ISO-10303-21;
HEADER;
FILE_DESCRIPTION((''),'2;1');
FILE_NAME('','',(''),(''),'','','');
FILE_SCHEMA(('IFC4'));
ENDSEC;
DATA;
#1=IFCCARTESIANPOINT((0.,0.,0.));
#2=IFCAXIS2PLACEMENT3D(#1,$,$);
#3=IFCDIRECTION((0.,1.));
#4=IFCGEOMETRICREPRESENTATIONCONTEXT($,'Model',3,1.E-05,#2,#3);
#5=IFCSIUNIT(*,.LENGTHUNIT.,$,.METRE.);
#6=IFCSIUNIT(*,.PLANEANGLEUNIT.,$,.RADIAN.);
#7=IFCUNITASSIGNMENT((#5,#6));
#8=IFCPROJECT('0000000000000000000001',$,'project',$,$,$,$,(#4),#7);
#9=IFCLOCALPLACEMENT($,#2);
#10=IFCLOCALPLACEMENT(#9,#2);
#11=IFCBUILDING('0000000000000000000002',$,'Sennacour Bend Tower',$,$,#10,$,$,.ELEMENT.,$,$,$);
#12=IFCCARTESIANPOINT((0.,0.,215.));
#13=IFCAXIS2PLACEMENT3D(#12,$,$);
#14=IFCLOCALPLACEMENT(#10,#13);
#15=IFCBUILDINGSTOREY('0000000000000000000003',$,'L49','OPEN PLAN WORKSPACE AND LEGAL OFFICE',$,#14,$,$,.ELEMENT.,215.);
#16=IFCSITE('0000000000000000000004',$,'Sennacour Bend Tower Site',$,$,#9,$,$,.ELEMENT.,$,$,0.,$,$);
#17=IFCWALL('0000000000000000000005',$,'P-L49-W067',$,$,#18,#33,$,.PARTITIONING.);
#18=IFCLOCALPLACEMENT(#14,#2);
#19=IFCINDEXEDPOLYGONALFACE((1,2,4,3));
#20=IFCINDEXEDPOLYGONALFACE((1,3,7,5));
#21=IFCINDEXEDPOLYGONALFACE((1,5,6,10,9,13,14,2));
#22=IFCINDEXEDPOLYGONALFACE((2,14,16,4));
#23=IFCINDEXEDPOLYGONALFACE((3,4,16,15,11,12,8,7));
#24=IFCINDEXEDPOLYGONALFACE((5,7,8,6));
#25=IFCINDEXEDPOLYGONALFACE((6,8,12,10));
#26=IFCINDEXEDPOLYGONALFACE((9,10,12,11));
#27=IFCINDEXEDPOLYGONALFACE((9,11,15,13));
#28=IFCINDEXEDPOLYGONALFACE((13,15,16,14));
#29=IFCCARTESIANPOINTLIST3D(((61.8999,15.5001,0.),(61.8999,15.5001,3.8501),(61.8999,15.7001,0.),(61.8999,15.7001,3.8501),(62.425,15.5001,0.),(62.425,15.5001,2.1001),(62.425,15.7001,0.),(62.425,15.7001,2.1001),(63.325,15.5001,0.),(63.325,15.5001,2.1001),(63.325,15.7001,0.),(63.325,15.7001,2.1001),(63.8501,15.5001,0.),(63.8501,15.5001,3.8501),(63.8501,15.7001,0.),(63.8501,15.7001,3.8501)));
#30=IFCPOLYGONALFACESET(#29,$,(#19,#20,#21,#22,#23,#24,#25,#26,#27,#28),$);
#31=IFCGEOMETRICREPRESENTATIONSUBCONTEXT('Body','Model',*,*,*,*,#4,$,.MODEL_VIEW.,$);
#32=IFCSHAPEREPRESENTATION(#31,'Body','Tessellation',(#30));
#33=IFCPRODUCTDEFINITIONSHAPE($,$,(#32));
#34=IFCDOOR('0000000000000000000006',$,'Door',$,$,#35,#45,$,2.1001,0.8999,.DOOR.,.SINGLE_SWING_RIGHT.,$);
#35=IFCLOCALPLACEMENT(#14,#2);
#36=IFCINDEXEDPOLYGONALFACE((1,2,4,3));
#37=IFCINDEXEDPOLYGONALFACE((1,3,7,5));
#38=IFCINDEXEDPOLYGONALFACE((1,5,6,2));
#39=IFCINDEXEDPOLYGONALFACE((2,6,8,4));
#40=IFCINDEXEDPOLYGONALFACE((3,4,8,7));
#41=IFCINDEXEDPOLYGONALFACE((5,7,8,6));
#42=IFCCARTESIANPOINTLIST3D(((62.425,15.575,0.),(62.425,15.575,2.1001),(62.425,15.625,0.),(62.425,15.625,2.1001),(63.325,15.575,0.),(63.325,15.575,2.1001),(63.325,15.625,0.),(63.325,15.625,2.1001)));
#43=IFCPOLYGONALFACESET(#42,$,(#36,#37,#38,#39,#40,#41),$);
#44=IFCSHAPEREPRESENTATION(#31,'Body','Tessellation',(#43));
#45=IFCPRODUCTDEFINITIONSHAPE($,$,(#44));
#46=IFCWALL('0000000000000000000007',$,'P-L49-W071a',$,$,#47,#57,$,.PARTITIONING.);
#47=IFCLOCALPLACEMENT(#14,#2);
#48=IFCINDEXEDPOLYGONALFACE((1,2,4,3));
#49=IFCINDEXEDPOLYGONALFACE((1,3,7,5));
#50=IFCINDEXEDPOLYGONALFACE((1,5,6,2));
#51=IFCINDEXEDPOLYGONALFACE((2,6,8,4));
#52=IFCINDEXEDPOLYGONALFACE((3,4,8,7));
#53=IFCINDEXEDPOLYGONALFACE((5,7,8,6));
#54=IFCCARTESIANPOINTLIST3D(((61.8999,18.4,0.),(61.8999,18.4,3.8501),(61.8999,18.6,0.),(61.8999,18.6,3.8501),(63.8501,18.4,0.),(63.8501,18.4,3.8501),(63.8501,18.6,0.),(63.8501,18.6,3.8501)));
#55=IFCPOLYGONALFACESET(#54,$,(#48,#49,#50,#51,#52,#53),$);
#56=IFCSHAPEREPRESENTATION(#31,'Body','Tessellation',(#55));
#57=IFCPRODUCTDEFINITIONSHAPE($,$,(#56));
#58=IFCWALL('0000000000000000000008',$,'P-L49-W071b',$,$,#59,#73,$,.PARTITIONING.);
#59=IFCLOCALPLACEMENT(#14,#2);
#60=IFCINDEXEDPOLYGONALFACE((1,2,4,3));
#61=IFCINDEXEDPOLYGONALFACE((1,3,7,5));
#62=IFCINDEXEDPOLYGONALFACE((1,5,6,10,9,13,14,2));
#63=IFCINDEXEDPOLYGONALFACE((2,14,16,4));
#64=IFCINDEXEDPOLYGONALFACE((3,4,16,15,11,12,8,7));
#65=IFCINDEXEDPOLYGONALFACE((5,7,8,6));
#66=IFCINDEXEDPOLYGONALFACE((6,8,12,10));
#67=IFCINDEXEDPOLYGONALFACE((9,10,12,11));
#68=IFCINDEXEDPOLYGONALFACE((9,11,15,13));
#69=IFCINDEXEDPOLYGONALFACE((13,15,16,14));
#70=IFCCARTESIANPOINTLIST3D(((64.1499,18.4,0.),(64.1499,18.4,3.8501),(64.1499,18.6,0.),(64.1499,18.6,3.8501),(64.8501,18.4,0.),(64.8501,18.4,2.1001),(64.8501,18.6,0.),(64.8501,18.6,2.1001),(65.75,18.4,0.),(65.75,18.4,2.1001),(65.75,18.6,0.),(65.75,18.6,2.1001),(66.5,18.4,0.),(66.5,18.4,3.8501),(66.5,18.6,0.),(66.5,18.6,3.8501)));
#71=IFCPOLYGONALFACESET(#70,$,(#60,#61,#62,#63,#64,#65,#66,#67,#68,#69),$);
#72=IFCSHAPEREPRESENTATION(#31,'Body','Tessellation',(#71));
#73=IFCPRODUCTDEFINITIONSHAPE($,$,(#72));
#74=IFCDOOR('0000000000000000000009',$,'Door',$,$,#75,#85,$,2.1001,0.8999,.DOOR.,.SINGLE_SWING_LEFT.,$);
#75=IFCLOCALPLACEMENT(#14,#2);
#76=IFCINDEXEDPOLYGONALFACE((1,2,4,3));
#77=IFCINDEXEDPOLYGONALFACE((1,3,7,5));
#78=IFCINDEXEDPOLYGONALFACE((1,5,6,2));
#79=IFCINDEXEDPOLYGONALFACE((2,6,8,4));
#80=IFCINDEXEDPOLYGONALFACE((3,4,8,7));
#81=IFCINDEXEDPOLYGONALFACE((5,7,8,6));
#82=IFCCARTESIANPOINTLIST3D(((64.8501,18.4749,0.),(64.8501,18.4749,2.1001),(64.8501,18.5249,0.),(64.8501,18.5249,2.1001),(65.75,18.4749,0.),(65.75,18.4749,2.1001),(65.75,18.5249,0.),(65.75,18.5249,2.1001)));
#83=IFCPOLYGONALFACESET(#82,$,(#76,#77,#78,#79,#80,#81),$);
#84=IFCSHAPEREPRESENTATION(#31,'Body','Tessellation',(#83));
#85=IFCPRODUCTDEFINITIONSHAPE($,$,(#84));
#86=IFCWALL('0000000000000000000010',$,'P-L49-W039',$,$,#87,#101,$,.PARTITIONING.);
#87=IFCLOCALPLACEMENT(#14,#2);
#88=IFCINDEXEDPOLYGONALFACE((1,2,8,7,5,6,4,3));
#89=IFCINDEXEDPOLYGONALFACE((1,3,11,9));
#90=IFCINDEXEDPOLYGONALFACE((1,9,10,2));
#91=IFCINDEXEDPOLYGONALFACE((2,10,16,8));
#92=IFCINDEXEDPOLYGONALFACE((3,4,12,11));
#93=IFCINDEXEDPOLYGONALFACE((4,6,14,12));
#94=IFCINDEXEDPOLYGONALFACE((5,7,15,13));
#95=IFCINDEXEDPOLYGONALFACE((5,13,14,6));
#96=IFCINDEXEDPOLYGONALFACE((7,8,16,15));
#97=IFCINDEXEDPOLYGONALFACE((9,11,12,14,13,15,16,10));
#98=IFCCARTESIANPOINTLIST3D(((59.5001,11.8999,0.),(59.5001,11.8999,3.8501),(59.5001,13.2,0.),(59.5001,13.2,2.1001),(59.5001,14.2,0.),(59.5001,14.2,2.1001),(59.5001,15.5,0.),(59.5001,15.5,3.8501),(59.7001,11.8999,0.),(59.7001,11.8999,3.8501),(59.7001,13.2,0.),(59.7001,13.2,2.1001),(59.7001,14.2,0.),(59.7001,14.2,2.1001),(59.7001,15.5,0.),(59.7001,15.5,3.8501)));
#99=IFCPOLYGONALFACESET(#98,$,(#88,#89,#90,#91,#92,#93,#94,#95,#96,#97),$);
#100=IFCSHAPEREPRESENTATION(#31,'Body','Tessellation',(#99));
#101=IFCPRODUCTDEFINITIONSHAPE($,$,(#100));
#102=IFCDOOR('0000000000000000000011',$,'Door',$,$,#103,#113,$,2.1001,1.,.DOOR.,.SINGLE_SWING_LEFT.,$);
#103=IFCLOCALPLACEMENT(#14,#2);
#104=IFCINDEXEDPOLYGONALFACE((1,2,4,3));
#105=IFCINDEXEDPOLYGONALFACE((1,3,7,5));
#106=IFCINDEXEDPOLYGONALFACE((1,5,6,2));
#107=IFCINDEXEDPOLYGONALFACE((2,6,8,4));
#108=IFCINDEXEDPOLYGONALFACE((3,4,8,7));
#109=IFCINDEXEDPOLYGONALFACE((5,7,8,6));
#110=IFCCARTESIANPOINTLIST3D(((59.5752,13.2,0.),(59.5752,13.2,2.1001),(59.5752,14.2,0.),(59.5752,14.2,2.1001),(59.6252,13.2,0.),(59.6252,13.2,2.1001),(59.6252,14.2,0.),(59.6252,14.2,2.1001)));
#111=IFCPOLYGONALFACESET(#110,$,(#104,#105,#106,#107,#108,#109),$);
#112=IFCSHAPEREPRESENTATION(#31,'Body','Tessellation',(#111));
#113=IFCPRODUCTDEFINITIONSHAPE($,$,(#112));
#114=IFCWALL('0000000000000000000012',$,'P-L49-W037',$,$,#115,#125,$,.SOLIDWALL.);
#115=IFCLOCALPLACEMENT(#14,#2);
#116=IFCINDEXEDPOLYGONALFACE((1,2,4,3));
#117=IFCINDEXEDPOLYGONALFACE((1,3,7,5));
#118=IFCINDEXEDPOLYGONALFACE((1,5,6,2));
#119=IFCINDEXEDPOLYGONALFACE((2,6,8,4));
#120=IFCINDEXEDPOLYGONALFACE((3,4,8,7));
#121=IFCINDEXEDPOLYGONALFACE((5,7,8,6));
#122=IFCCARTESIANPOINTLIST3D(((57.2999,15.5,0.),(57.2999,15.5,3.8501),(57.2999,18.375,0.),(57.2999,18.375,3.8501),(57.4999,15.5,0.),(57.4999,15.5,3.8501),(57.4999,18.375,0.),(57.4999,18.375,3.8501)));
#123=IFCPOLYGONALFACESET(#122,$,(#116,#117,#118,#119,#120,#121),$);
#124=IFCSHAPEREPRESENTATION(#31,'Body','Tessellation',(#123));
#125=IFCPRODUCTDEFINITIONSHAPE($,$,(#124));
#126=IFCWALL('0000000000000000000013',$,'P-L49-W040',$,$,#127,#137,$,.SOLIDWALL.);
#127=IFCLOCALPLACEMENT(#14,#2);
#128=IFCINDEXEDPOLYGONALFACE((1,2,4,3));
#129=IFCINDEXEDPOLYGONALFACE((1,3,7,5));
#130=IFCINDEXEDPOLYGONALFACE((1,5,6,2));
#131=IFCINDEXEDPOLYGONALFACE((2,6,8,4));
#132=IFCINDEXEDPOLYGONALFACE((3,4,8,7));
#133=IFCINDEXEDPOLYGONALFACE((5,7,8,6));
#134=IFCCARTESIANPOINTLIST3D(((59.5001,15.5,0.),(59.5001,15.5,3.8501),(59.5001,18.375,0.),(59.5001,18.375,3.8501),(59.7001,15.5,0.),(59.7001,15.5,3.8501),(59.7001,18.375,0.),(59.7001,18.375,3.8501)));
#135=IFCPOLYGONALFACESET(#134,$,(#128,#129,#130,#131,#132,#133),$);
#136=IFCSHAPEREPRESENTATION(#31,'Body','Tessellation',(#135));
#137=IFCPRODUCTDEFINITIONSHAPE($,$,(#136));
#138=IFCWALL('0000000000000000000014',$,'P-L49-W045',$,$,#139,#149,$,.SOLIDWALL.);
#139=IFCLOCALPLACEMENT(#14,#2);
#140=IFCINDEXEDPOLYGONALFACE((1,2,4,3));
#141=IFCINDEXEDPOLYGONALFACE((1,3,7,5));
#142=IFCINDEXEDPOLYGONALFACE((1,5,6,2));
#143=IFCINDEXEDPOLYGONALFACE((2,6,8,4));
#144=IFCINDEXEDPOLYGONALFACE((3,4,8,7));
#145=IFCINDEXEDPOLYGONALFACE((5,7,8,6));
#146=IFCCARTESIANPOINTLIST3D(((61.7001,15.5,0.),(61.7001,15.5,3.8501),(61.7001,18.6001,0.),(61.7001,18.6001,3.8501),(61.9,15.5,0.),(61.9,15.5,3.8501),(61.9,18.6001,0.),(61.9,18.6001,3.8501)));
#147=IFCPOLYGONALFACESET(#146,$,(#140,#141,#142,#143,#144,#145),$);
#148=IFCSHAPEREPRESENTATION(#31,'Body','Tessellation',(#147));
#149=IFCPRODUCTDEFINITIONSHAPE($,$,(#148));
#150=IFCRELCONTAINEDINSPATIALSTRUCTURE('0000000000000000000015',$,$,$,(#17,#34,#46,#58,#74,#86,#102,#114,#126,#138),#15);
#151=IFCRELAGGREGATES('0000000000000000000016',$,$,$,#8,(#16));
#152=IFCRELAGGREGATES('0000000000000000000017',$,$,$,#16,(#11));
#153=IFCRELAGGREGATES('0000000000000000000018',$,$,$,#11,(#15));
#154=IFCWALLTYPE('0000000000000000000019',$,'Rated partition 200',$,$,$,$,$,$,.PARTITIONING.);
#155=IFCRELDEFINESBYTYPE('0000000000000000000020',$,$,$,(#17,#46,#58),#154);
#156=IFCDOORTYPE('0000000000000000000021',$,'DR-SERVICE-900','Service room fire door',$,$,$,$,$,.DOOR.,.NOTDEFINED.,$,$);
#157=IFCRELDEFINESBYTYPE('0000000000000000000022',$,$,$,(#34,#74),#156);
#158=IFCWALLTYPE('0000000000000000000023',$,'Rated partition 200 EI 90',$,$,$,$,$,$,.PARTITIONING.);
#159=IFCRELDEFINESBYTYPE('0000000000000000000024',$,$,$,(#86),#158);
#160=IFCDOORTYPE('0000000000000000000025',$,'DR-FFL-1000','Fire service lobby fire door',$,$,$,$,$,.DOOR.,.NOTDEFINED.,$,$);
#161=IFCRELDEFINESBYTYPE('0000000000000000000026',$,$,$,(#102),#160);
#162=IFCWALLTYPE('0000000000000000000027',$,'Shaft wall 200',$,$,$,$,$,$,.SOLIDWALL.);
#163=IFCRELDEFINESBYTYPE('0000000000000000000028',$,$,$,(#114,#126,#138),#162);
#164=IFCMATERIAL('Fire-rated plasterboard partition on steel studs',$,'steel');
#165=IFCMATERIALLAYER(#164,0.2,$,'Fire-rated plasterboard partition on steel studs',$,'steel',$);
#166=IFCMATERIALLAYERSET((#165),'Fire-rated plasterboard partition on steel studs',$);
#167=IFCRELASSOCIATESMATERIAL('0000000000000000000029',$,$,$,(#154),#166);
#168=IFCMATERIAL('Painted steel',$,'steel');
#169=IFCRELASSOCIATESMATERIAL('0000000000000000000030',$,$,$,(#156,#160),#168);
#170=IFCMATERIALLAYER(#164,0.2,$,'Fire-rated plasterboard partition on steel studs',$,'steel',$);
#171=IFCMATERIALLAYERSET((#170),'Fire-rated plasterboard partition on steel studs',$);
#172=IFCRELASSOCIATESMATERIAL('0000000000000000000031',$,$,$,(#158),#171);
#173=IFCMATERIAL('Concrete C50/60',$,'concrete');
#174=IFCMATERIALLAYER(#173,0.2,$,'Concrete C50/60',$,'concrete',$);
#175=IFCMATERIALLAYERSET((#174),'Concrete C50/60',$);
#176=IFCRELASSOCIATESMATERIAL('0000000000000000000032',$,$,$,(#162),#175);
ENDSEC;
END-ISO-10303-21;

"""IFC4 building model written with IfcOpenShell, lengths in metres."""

from ifc_helpers import new_model, si_unit, direction, frame, frame_2d, origin, place, context, subcontext, project, spatial, rectangle, extrude, material, layer, layer_set, type_object, element, fill, save


model = new_model("IFC4")

# Units and contexts
model_context = context("Model", 3, precision=1e-05, world=origin(), true_north=direction((0.0, 1.0)))
body_context = subcontext(model_context, "Body", "Model", "MODEL_VIEW")
ifc_project = project(units=[si_unit("LENGTHUNIT", "METRE"), si_unit("PLANEANGLEUNIT", "RADIAN")], contexts=[model_context])

# Site, building, storey
site_placement = place(None, origin())
site = spatial("IfcSite", under=ifc_project, at=site_placement, Name="Sennacour Bend Tower Site", CompositionType="ELEMENT", RefElevation=0.0)
building_placement = place(site_placement, origin())
building = spatial("IfcBuilding", under=site, at=building_placement, Name="Sennacour Bend Tower", CompositionType="ELEMENT")
storey_placement = place(building_placement, frame((0.0, 0.0, 215.0)))
storey = spatial("IfcBuildingStorey", under=building, at=storey_placement, Name="L49", Description="OPEN PLAN WORKSPACE AND LEGAL OFFICE", CompositionType="ELEMENT", Elevation=215.0)

# Wall, opening, door
ifc_material_1 = material(Name="Fire-rated plasterboard partition on steel studs", Category="steel")
ifc_layer_1 = layer(ifc_material_1, 0.2, Name="Fire-rated plasterboard partition on steel studs", Category="steel")
ifc_layer_set_1 = layer_set([ifc_layer_1], Name="Fire-rated plasterboard partition on steel studs")
wall_type_1 = type_object("IfcWallType", Name="Rated partition 200", PredefinedType="PARTITIONING", material=ifc_layer_set_1)
wall_1_placement = place(storey_placement, frame((61.8999, 15.6001, 0.0), z_axis=(0.0, 0.0, 1.0), x_axis=(1.0, 0.0, 0.0)))
wall_1 = element("IfcWall", 1, at=wall_1_placement, inside=storey, type_object=wall_type_1, Name="P-L49-W067", PredefinedType="PARTITIONING", context=body_context, shape_type="SweptSolid", body=[
    extrude(rectangle(XDim=1.9502, YDim=0.2, at=frame_2d((0.9751, 0.0))), origin(), (0.0, 0.0, 1.0), 3.8501),
])
opening_1_placement = place(wall_1_placement, frame((0.5251, 0.0, 0.0)))
opening_1 = element("IfcOpeningElement", 2, at=opening_1_placement, cuts=wall_1, PredefinedType="OPENING", context=body_context, shape_type="SweptSolid", body=[
    extrude(rectangle(XDim=0.8999, YDim=2.1001, at=frame_2d((0.45, 1.05))), frame((0.0, 0.1099, 0.0), z_axis=(0.0, -1.0, 0.0), x_axis=(1.0, 0.0, 0.0)), (0.0, 0.0, 1.0), 0.22),
])
ifc_material_2 = material(Name="Painted steel", Category="steel")
door_type_1 = type_object("IfcDoorType", Name="DR-SERVICE-900", Description="Service room fire door", OperationType="NOTDEFINED", PredefinedType="DOOR", material=ifc_material_2)
door_1_placement = place(opening_1_placement, origin())
door_1 = element("IfcDoor", 3, at=door_1_placement, inside=storey, type_object=door_type_1, Name="Door", OperationType="SINGLE_SWING_RIGHT", OverallHeight=2.1001, OverallWidth=0.8999, PredefinedType="DOOR", context=body_context, shape_type="SweptSolid", body=[
    extrude(rectangle(XDim=0.8999, YDim=2.1001, at=frame_2d((0.45, 1.05))), frame((0.0, 0.0249, 0.0), z_axis=(0.0, -1.0, 0.0), x_axis=(1.0, 0.0, 0.0)), (0.0, 0.0, 1.0), 0.05),
])
fill(opening_1, door_1)

# Wall
wall_2_placement = place(storey_placement, frame((61.8999, 18.5, 0.0), z_axis=(0.0, 0.0, 1.0), x_axis=(1.0, 0.0, 0.0)))
element("IfcWall", 4, at=wall_2_placement, inside=storey, type_object=wall_type_1, Name="P-L49-W071a", PredefinedType="PARTITIONING", context=body_context, shape_type="SweptSolid", body=[
    extrude(rectangle(XDim=1.9502, YDim=0.2, at=frame_2d((0.9751, 0.0))), origin(), (0.0, 0.0, 1.0), 3.8501),
])

# Walls, openings, doors
wall_3_placement = place(storey_placement, frame((64.1499, 18.5, 0.0), z_axis=(0.0, 0.0, 1.0), x_axis=(1.0, 0.0, 0.0)))
wall_3 = element("IfcWall", 5, at=wall_3_placement, inside=storey, type_object=wall_type_1, Name="P-L49-W071b", PredefinedType="PARTITIONING", context=body_context, shape_type="SweptSolid", body=[
    extrude(rectangle(XDim=2.3501, YDim=0.2, at=frame_2d((1.175, 0.0))), origin(), (0.0, 0.0, 1.0), 3.8501),
])
opening_2_placement = place(wall_3_placement, frame((0.7002, 0.0, 0.0)))
opening_2 = element("IfcOpeningElement", 6, at=opening_2_placement, cuts=wall_3, PredefinedType="OPENING", context=body_context, shape_type="SweptSolid", body=[
    extrude(rectangle(XDim=0.8999, YDim=2.1001, at=frame_2d((0.45, 1.05))), frame((0.0, 0.1099, 0.0), z_axis=(0.0, -1.0, 0.0), x_axis=(1.0, 0.0, 0.0)), (0.0, 0.0, 1.0), 0.22),
])
door_2_placement = place(opening_2_placement, origin())
door_2 = element("IfcDoor", 7, at=door_2_placement, inside=storey, type_object=door_type_1, Name="Door", OperationType="SINGLE_SWING_LEFT", OverallHeight=2.1001, OverallWidth=0.8999, PredefinedType="DOOR", context=body_context, shape_type="SweptSolid", body=[
    extrude(rectangle(XDim=0.8999, YDim=2.1001, at=frame_2d((0.45, 1.05))), frame((0.0, 0.0249, 0.0), z_axis=(0.0, -1.0, 0.0), x_axis=(1.0, 0.0, 0.0)), (0.0, 0.0, 1.0), 0.05),
])
fill(opening_2, door_2)
ifc_layer_2 = layer(ifc_material_1, 0.2, Name="Fire-rated plasterboard partition on steel studs", Category="steel")
ifc_layer_set_2 = layer_set([ifc_layer_2], Name="Fire-rated plasterboard partition on steel studs")
wall_type_2 = type_object("IfcWallType", Name="Rated partition 200 EI 90", PredefinedType="PARTITIONING", material=ifc_layer_set_2)
wall_4_placement = place(storey_placement, frame((59.6001, 11.8999, 0.0), z_axis=(0.0, 0.0, 1.0), x_axis=(0.0, 1.0, 0.0)))
wall_4 = element("IfcWall", 8, at=wall_4_placement, inside=storey, type_object=wall_type_2, Name="P-L49-W039", PredefinedType="PARTITIONING", context=body_context, shape_type="SweptSolid", body=[
    extrude(rectangle(XDim=3.6001, YDim=0.2, at=frame_2d((1.8, 0.0))), origin(), (0.0, 0.0, 1.0), 3.8501),
])
opening_3_placement = place(wall_4_placement, frame((1.3, 0.0, 0.0)))
opening_3 = element("IfcOpeningElement", 9, at=opening_3_placement, cuts=wall_4, PredefinedType="OPENING", context=body_context, shape_type="SweptSolid", body=[
    extrude(rectangle(XDim=1.0, YDim=2.1001, at=frame_2d((0.5, 1.05))), frame((0.0, 0.1099, 0.0), z_axis=(0.0, -1.0, 0.0), x_axis=(1.0, 0.0, 0.0)), (0.0, 0.0, 1.0), 0.22),
])
door_type_2 = type_object("IfcDoorType", Name="DR-FFL-1000", Description="Fire service lobby fire door", OperationType="NOTDEFINED", PredefinedType="DOOR", material=ifc_material_2)
door_3_placement = place(opening_3_placement, origin())
door_3 = element("IfcDoor", 10, at=door_3_placement, inside=storey, type_object=door_type_2, Name="Door", OperationType="SINGLE_SWING_LEFT", OverallHeight=2.1001, OverallWidth=1.0, PredefinedType="DOOR", context=body_context, shape_type="SweptSolid", body=[
    extrude(rectangle(XDim=1.0, YDim=2.1001, at=frame_2d((0.5, 1.05))), frame((0.0, 0.0249, 0.0), z_axis=(0.0, -1.0, 0.0), x_axis=(1.0, 0.0, 0.0)), (0.0, 0.0, 1.0), 0.05),
])
fill(opening_3, door_3)

# Walls
ifc_material_3 = material(Name="Concrete C50/60", Category="concrete")
ifc_layer_3 = layer(ifc_material_3, 0.2, Name="Concrete C50/60", Category="concrete")
ifc_layer_set_3 = layer_set([ifc_layer_3], Name="Concrete C50/60")
wall_type_3 = type_object("IfcWallType", Name="Shaft wall 200", PredefinedType="SOLIDWALL", material=ifc_layer_set_3)
for number, where, z_axis, x_axis, name in (
    (11, (57.3999, 15.5, 0.0), (0.0, 0.0, 1.0), (0.0, 1.0, 0.0), "P-L49-W037"),
    (12, (59.6001, 15.5, 0.0), (0.0, 0.0, 1.0), (0.0, 1.0, 0.0), "P-L49-W040"),
):
    element("IfcWall", number, at=place(storey_placement, frame(where, z_axis=z_axis, x_axis=x_axis)), inside=storey, type_object=wall_type_3, Name=name, PredefinedType="SOLIDWALL", context=body_context, shape_type="SweptSolid", body=[
        extrude(rectangle(XDim=2.875, YDim=0.2, at=frame_2d((1.4375, 0.0))), origin(), (0.0, 0.0, 1.0), 3.8501),
    ])
wall_5_placement = place(storey_placement, frame((61.8, 15.5, 0.0), z_axis=(0.0, 0.0, 1.0), x_axis=(0.0, 1.0, 0.0)))
element("IfcWall", 13, at=wall_5_placement, inside=storey, type_object=wall_type_3, Name="P-L49-W045", PredefinedType="SOLIDWALL", context=body_context, shape_type="SweptSolid", body=[
    extrude(rectangle(XDim=3.1001, YDim=0.2, at=frame_2d((1.55, 0.0))), origin(), (0.0, 0.0, 1.0), 3.8501),
])

save(model, "model.ifc")
